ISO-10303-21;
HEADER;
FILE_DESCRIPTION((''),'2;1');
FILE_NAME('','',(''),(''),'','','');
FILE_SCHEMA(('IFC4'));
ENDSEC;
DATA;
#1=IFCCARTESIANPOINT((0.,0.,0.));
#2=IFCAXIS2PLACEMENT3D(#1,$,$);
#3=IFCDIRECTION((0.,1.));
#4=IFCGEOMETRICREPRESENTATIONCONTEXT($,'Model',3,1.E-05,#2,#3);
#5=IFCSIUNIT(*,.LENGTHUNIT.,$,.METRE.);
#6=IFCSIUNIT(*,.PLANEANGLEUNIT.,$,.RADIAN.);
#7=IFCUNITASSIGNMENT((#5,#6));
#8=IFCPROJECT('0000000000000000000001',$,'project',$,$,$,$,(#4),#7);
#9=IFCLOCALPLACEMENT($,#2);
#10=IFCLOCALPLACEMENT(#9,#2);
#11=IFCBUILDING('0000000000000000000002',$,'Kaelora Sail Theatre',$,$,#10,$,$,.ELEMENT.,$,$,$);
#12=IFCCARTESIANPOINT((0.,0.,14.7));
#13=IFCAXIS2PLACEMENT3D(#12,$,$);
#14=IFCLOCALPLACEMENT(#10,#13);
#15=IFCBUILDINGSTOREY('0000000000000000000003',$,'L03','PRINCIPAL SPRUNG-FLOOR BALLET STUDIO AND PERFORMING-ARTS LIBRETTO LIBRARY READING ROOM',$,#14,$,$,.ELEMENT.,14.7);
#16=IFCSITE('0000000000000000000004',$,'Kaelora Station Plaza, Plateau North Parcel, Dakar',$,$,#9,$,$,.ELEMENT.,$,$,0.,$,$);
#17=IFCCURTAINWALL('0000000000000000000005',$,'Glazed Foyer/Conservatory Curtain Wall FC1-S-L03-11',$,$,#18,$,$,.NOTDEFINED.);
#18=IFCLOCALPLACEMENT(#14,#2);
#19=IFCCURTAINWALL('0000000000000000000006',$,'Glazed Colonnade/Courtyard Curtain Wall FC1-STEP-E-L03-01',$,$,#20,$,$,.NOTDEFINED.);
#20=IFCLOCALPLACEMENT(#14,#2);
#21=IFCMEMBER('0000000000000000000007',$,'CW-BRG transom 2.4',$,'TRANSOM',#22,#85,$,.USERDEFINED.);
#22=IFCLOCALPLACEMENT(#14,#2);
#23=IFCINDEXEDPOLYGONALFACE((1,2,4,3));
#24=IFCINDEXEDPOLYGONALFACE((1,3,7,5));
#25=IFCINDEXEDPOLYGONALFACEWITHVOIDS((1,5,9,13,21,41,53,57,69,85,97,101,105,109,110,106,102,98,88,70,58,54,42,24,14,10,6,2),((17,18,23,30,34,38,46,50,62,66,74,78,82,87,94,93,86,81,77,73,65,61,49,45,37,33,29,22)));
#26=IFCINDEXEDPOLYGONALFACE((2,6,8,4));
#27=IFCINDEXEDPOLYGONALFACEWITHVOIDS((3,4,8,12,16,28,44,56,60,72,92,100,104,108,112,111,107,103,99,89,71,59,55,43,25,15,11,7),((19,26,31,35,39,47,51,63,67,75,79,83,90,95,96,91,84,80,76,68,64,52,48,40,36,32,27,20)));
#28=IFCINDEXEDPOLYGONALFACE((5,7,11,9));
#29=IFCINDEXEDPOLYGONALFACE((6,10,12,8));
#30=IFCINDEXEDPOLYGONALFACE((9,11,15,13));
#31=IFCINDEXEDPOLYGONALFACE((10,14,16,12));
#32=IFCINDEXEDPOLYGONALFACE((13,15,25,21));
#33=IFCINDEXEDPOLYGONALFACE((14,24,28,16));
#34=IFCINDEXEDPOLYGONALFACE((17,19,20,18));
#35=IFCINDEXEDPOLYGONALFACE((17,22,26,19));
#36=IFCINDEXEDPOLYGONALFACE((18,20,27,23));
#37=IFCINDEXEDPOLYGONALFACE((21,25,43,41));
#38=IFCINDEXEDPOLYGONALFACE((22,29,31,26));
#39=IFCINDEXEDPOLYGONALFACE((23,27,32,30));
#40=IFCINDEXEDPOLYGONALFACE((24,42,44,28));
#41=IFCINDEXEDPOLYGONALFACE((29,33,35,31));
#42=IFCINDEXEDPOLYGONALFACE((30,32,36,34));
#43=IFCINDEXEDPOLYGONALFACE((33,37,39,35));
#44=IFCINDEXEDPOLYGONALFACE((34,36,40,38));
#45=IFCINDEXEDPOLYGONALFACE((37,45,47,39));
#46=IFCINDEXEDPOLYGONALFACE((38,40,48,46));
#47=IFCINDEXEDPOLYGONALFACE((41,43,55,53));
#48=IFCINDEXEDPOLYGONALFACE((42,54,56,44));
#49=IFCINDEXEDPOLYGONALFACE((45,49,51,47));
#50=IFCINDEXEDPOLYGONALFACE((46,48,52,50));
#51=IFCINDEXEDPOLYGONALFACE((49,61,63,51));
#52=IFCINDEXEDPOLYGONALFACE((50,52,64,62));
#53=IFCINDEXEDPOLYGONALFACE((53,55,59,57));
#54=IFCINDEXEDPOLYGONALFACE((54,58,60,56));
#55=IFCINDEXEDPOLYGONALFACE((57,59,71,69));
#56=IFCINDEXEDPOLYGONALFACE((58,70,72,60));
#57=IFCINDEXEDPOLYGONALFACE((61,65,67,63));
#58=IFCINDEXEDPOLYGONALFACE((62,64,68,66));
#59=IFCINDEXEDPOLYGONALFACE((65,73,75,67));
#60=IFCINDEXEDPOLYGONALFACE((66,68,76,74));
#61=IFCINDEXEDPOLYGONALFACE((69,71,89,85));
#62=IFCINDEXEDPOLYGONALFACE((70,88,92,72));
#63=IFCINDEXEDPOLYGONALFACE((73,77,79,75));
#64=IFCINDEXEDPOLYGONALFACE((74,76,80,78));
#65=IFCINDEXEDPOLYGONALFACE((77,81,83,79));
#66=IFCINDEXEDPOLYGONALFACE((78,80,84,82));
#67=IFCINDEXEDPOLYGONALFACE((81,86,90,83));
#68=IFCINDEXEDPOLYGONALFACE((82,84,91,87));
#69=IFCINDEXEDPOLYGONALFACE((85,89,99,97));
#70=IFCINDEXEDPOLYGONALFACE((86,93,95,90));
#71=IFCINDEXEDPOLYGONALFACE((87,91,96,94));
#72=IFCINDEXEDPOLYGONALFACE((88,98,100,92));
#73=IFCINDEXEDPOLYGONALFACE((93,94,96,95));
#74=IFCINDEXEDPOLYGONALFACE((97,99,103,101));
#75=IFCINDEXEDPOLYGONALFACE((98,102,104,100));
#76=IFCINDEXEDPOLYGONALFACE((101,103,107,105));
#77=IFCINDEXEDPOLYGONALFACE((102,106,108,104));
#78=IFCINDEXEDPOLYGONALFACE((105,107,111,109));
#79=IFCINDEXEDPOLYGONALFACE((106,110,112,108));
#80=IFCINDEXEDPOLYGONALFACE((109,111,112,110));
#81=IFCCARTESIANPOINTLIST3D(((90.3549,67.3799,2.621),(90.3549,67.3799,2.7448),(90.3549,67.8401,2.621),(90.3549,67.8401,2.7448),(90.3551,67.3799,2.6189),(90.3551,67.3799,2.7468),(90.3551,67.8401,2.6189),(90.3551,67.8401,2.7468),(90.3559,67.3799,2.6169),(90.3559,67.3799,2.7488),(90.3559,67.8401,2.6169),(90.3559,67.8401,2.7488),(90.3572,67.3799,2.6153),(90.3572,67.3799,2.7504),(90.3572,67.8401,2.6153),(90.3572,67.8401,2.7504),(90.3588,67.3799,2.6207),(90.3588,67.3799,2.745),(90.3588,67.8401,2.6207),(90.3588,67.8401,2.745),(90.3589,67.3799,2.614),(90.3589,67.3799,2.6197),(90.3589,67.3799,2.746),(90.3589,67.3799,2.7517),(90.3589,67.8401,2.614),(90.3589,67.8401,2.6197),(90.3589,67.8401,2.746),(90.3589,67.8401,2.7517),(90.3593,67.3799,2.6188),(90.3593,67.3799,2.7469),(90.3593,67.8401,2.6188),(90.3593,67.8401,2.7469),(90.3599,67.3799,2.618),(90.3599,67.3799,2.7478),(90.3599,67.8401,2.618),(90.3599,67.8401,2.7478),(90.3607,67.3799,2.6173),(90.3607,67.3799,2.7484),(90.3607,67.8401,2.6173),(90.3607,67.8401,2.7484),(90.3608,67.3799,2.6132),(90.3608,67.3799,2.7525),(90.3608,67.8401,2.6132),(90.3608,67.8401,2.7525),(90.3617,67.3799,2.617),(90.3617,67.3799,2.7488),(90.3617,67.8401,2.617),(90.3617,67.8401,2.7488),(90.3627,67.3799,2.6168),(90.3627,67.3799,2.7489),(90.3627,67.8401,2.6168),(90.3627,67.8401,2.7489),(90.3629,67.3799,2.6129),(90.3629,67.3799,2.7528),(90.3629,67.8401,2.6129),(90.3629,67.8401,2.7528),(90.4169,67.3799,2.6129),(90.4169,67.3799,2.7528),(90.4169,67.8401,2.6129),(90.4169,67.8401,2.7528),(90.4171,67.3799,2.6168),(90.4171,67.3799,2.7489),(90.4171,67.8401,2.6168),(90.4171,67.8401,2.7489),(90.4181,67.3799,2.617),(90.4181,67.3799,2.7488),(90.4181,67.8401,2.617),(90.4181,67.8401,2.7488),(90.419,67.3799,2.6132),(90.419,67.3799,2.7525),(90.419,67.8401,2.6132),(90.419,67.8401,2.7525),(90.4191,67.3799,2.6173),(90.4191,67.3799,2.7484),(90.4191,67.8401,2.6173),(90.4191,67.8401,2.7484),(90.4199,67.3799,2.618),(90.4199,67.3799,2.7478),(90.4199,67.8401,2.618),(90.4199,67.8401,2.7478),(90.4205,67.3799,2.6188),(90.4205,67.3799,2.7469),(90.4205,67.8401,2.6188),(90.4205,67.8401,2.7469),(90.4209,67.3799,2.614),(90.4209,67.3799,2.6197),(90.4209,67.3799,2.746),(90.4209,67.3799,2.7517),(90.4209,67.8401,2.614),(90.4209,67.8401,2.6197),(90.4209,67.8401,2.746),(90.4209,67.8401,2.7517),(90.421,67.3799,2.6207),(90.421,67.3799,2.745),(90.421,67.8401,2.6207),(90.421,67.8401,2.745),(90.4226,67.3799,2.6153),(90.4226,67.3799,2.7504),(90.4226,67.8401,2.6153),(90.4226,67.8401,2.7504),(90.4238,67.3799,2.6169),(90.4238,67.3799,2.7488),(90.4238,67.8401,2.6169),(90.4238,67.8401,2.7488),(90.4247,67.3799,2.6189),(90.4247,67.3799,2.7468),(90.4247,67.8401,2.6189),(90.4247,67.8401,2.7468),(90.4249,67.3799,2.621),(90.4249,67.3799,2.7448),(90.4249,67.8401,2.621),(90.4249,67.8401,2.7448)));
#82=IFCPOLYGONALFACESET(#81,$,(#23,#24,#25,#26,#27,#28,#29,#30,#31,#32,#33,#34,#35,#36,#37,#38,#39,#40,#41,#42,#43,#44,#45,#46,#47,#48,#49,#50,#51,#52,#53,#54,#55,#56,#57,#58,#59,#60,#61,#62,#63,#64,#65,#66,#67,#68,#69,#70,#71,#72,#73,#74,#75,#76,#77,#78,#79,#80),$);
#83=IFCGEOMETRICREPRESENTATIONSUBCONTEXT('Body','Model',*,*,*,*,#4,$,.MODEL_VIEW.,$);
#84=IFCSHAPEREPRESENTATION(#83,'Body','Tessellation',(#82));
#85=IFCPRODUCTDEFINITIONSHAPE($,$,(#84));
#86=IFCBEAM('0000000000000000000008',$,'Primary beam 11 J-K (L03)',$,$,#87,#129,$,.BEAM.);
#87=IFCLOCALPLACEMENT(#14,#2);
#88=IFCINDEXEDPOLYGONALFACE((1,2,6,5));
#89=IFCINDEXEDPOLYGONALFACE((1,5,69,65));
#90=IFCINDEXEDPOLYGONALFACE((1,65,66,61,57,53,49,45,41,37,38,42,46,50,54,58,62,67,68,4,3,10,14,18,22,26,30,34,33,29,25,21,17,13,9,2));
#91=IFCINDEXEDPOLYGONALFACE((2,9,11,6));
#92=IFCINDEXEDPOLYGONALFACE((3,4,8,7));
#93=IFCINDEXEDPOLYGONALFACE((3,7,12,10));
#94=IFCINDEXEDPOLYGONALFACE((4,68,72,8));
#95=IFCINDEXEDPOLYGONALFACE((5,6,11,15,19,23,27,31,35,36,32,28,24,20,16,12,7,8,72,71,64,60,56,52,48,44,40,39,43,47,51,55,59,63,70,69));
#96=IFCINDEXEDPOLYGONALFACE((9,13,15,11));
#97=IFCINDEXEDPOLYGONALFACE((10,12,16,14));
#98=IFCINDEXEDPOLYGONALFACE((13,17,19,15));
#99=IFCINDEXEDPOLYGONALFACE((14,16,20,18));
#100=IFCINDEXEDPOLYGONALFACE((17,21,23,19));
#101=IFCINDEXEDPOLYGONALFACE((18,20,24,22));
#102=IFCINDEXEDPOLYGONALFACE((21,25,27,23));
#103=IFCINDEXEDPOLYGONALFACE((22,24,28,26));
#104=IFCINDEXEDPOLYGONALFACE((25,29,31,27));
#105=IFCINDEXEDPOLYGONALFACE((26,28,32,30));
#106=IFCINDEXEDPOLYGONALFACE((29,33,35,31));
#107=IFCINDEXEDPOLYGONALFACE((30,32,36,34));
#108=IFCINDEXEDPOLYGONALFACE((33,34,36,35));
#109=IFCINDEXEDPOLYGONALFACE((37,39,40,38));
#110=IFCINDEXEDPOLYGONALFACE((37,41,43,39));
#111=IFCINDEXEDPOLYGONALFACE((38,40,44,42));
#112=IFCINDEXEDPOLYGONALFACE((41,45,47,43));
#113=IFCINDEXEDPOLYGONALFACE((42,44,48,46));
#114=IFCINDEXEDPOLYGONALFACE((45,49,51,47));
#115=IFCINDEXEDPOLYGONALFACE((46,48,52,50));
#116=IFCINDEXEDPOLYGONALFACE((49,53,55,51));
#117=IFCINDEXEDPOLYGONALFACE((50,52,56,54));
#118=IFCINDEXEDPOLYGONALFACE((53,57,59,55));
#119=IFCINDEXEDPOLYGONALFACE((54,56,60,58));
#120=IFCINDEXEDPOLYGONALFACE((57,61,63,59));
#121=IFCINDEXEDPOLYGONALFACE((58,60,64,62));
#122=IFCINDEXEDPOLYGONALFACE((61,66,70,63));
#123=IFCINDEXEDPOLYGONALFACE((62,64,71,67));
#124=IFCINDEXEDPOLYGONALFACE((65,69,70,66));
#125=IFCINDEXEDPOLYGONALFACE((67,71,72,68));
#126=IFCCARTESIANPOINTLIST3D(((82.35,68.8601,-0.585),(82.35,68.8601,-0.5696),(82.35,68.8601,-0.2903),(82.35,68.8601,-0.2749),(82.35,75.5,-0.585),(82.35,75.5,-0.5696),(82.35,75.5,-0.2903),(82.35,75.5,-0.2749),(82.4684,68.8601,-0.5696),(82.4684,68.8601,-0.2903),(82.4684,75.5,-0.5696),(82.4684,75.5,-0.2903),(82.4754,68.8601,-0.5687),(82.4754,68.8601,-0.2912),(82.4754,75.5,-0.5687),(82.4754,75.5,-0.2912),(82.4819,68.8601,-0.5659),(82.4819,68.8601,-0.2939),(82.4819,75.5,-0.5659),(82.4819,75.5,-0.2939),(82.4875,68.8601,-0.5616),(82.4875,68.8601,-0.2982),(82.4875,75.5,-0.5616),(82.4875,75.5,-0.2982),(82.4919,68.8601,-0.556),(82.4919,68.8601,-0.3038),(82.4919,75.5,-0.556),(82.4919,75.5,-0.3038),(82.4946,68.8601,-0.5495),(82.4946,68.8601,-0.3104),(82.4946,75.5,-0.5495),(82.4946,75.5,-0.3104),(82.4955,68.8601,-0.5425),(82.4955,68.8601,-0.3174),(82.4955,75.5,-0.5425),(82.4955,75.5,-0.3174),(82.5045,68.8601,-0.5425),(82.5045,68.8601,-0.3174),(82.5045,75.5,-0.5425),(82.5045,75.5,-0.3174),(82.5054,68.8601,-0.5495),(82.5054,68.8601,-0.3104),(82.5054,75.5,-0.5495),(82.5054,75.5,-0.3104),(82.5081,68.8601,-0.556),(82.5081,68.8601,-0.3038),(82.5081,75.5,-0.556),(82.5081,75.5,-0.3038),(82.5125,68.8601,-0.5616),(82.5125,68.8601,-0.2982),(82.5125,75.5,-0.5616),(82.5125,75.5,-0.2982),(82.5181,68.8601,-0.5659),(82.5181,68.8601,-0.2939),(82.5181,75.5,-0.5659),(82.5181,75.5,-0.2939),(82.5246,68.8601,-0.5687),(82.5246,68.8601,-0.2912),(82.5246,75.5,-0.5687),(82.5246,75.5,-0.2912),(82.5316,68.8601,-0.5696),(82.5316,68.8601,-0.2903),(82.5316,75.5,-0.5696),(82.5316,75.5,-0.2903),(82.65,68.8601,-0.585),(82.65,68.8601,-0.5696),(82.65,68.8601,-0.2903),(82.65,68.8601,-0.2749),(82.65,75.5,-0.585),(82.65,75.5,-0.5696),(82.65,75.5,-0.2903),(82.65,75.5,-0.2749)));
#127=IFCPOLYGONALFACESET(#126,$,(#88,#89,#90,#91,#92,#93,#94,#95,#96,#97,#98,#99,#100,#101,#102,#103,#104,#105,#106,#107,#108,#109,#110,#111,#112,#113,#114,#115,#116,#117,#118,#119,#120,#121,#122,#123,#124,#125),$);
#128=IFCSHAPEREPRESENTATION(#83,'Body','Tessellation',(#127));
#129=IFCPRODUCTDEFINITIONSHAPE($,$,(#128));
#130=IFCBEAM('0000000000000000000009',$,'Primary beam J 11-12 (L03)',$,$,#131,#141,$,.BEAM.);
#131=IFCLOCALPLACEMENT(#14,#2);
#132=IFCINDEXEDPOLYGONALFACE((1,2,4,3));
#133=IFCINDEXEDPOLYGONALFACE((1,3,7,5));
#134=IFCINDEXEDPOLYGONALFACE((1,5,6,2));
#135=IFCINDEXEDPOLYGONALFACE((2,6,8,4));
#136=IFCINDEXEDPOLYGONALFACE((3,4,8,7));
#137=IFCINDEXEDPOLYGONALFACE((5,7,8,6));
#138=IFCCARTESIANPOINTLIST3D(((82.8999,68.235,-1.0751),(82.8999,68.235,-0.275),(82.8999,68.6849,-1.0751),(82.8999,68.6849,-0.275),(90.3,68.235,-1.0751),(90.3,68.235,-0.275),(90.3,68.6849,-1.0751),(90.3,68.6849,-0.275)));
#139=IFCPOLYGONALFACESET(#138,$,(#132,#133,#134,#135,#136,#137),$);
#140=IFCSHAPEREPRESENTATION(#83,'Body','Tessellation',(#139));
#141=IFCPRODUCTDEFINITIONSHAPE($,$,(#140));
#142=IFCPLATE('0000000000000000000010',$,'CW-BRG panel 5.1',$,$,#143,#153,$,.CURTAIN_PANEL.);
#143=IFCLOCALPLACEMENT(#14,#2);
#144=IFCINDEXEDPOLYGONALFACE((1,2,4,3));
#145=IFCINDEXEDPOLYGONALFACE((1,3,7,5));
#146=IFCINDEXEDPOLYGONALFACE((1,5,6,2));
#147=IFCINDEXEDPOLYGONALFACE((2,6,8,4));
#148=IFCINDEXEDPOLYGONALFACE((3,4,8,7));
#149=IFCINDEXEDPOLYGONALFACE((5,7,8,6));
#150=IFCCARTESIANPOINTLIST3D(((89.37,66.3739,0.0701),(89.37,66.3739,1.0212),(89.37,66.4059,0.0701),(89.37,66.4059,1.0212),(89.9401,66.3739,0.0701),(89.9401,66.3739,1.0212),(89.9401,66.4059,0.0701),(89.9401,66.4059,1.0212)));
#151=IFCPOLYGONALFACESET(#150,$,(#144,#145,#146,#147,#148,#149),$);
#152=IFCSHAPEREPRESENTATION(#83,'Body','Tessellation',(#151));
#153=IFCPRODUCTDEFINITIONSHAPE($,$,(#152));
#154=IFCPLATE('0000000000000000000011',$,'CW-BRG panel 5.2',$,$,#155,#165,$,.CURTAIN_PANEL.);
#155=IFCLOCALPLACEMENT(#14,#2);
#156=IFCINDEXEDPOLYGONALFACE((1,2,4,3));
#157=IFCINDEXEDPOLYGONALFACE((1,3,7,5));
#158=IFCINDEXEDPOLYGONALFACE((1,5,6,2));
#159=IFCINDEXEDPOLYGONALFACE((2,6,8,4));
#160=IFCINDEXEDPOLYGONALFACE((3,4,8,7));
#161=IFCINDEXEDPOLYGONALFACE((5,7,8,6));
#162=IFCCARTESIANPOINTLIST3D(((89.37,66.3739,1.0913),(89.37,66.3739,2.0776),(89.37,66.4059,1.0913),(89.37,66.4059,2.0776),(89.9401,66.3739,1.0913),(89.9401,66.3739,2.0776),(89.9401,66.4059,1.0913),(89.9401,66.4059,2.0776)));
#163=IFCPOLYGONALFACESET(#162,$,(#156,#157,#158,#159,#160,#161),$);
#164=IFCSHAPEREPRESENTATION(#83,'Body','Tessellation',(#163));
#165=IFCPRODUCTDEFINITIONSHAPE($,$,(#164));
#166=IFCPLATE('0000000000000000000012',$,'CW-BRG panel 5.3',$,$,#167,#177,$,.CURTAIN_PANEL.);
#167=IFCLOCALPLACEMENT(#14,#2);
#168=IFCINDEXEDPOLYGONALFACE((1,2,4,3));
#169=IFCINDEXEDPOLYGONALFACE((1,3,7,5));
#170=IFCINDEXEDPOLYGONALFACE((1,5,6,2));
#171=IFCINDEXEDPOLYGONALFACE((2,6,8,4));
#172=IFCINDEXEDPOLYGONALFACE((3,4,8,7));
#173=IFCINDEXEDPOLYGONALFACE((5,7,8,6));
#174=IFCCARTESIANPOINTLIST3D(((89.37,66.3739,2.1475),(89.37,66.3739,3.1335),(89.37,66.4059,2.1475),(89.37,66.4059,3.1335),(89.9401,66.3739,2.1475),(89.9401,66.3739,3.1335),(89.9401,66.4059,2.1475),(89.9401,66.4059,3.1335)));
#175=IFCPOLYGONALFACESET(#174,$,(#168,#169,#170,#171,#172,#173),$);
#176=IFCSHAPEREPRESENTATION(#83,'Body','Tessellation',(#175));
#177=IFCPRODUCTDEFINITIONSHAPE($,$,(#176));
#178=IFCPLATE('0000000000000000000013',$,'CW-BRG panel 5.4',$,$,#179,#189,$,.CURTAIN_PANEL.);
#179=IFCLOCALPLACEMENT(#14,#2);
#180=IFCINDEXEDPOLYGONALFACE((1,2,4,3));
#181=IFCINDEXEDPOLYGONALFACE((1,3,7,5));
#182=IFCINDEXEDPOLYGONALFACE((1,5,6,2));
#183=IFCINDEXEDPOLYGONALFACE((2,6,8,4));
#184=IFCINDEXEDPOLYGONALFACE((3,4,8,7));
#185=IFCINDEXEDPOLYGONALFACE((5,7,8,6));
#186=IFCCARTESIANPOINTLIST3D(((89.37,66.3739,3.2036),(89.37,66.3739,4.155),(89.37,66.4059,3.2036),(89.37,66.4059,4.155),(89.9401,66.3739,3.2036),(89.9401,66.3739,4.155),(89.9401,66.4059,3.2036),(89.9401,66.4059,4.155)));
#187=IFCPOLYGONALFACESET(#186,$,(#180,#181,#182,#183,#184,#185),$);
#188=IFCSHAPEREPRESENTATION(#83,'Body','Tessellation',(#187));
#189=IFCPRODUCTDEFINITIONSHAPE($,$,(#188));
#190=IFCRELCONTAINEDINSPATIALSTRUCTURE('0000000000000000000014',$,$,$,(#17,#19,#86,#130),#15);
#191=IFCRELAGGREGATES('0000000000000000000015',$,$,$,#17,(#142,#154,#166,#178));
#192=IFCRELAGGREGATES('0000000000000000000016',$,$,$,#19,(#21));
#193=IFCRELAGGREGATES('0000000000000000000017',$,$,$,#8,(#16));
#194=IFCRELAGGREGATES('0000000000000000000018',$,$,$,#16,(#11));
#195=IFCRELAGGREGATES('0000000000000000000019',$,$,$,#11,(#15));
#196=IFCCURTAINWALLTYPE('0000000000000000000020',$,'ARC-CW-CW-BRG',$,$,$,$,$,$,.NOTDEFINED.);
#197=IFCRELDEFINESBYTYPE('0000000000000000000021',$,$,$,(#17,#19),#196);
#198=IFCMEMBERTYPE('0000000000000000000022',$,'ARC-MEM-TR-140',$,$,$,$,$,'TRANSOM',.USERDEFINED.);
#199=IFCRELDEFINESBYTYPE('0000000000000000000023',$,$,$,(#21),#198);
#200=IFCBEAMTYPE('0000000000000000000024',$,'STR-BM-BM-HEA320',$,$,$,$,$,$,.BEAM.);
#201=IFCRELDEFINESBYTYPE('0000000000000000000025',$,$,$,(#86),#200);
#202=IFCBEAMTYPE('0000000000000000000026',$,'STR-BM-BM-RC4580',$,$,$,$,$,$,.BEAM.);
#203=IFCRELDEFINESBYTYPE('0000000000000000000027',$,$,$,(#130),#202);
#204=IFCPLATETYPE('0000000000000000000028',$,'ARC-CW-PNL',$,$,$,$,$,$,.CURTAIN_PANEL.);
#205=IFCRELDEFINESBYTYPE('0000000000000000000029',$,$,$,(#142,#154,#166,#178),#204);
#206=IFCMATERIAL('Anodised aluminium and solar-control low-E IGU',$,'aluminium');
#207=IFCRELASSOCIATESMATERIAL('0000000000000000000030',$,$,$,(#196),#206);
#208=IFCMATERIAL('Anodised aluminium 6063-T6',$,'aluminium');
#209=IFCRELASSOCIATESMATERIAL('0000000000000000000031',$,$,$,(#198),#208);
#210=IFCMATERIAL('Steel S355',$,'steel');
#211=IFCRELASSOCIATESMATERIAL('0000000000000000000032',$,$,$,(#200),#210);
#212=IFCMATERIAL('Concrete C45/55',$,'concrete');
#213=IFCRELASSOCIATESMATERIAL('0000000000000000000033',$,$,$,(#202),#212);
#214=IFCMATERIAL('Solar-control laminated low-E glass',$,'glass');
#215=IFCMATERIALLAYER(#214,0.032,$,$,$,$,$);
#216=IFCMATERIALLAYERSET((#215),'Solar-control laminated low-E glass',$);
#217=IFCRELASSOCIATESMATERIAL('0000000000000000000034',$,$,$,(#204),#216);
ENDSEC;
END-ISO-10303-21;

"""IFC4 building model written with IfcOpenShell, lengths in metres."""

from ifc_helpers import new_model, si_unit, direction, frame, origin, origin_2d, place, context, subcontext, project, spatial, rectangle, hollow_rectangle, i_section, extrude, material, layer, layer_set, material_profile, profile_set, type_object, element, aggregate, save


model = new_model("IFC4")

# Units and contexts
model_context = context("Model", 3, precision=1e-05, world=origin(), true_north=direction((0.0, 1.0)))
body_context = subcontext(model_context, "Body", "Model", "MODEL_VIEW")
ifc_project = project(units=[si_unit("LENGTHUNIT", "METRE"), si_unit("PLANEANGLEUNIT", "RADIAN")], contexts=[model_context])

# Site, building, storey
site_placement = place(None, origin())
site = spatial("IfcSite", under=ifc_project, at=site_placement, Name="Kaelora Station Plaza, Plateau North Parcel, Dakar", CompositionType="ELEMENT", RefElevation=0.0)
building_placement = place(site_placement, origin())
building = spatial("IfcBuilding", under=site, at=building_placement, Name="Kaelora Sail Theatre", CompositionType="ELEMENT")
storey_placement = place(building_placement, frame((0.0, 0.0, 14.7)))
storey = spatial("IfcBuildingStorey", under=building, at=storey_placement, Name="L03", Description="PRINCIPAL SPRUNG-FLOOR BALLET STUDIO AND PERFORMING-ARTS LIBRETTO LIBRARY READING ROOM", CompositionType="ELEMENT", Elevation=14.7)

# Curtain wall
ifc_material_1 = material(Name="Anodised aluminium and solar-control low-E IGU", Category="aluminium")
curtain_wall_type = type_object("IfcCurtainWallType", Name="ARC-CW-CW-BRG", PredefinedType="NOTDEFINED", material=ifc_material_1)
curtain_wall_1_placement = place(storey_placement, origin())
curtain_wall_1 = element("IfcCurtainWall", 1, at=curtain_wall_1_placement, inside=storey, type_object=curtain_wall_type, Name="Glazed Foyer/Conservatory Curtain Wall FC1-S-L03-11", PredefinedType="NOTDEFINED")

# Curtain wall
curtain_wall_2_placement = place(storey_placement, origin())
curtain_wall_2 = element("IfcCurtainWall", 2, at=curtain_wall_2_placement, inside=storey, type_object=curtain_wall_type, Name="Glazed Colonnade/Courtyard Curtain Wall FC1-STEP-E-L03-01", PredefinedType="NOTDEFINED")

# Member
ifc_material_2 = material(Name="Anodised aluminium 6063-T6", Category="aluminium")
ifc_material_profile_1 = material_profile(ifc_material_2, hollow_rectangle(XDim=0.0701, YDim=0.1399, WallThickness=0.0039, InnerFilletRadius=0.0039, OuterFilletRadius=0.0081, at=origin_2d()), Name="ALU-TRAN 70x140x4")
ifc_profile_set_1 = profile_set([ifc_material_profile_1], Name="Anodised aluminium 6063-T6")
member_type_1 = type_object("IfcMemberType", Name="ARC-MEM-TR-140", ElementType="TRANSOM", PredefinedType="USERDEFINED", material=ifc_profile_set_1)
member_1_placement = place(storey_placement, frame((90.3899, 67.3799, 2.6829), z_axis=(0.0, 1.0, 0.0), x_axis=(-1.0, 0.0, 0.0)))
member_1 = element("IfcMember", 3, at=member_1_placement, type_object=member_type_1, Name="CW-BRG transom 2.4", ObjectType="TRANSOM", PredefinedType="USERDEFINED", context=body_context, shape_type="SweptSolid", body=[
    extrude(hollow_rectangle(XDim=0.0701, YDim=0.1399, WallThickness=0.0039, InnerFilletRadius=0.0039, OuterFilletRadius=0.0081, at=origin_2d()), origin(), (0.0, 0.0, 1.0), 0.4602),
])

# Beams
ifc_material_3 = material(Name="Steel S355", Category="steel")
ifc_material_profile_2 = material_profile(ifc_material_3, i_section(OverallWidth=0.3, OverallDepth=0.3101, WebThickness=0.009, FlangeThickness=0.0154, FilletRadius=0.0271, at=origin_2d()), Name="HEA 320")
ifc_profile_set_2 = profile_set([ifc_material_profile_2], Name="Steel S355")
beam_type_1 = type_object("IfcBeamType", Name="STR-BM-BM-HEA320", PredefinedType="BEAM", material=ifc_profile_set_2)
beam_1_placement = place(storey_placement, frame((82.5, 68.8601, -0.4299), z_axis=(0.0, 1.0, 0.0), x_axis=(-1.0, 0.0, 0.0)))
element("IfcBeam", 4, at=beam_1_placement, inside=storey, type_object=beam_type_1, Name="Primary beam 11 J-K (L03)", PredefinedType="BEAM", context=body_context, shape_type="SweptSolid", body=[
    extrude(i_section(OverallWidth=0.3, OverallDepth=0.3101, WebThickness=0.009, FlangeThickness=0.0154, FilletRadius=0.0271, at=origin_2d()), origin(), (0.0, 0.0, 1.0), 6.6399),
])
ifc_material_4 = material(Name="Concrete C45/55", Category="concrete")
ifc_material_profile_3 = material_profile(ifc_material_4, rectangle(XDim=0.45, YDim=0.8, at=origin_2d()), Name="RC-BM 450x800")
ifc_profile_set_3 = profile_set([ifc_material_profile_3], Name="Concrete C45/55")
beam_type_2 = type_object("IfcBeamType", Name="STR-BM-BM-RC4580", PredefinedType="BEAM", material=ifc_profile_set_3)
beam_2_placement = place(storey_placement, frame((82.8999, 68.46, -0.675), z_axis=(1.0, 0.0, 0.0), x_axis=(0.0, 1.0, 0.0)))
element("IfcBeam", 5, at=beam_2_placement, inside=storey, type_object=beam_type_2, Name="Primary beam J 11-12 (L03)", PredefinedType="BEAM", context=body_context, shape_type="SweptSolid", body=[
    extrude(rectangle(XDim=0.45, YDim=0.8, at=origin_2d()), origin(), (0.0, 0.0, 1.0), 7.4001),
])

# Plates
ifc_material_5 = material(Name="Solar-control laminated low-E glass", Category="glass")
ifc_layer_1 = layer(ifc_material_5, 0.032)
ifc_layer_set_1 = layer_set([ifc_layer_1], Name="Solar-control laminated low-E glass")
plate_type = type_object("IfcPlateType", Name="ARC-CW-PNL", PredefinedType="CURTAIN_PANEL", material=ifc_layer_set_1)
plate_1_placement = place(storey_placement, frame((89.655, 66.3899, 0.0701), z_axis=(0.0, 0.0, 1.0), x_axis=(1.0, 0.0, 0.0)))
plate_1 = element("IfcPlate", 6, at=plate_1_placement, type_object=plate_type, Name="CW-BRG panel 5.1", PredefinedType="CURTAIN_PANEL", context=body_context, shape_type="SweptSolid", body=[
    extrude(rectangle(XDim=0.5701, YDim=0.032, at=origin_2d()), origin(), (0.0, 0.0, 1.0), 0.9512),
])
plate_2_placement = place(storey_placement, frame((89.655, 66.3899, 1.0913), z_axis=(0.0, 0.0, 1.0), x_axis=(1.0, 0.0, 0.0)))
plate_2 = element("IfcPlate", 7, at=plate_2_placement, type_object=plate_type, Name="CW-BRG panel 5.2", PredefinedType="CURTAIN_PANEL", context=body_context, shape_type="SweptSolid", body=[
    extrude(rectangle(XDim=0.5701, YDim=0.032, at=origin_2d()), origin(), (0.0, 0.0, 1.0), 0.9863),
])
plate_3_placement = place(storey_placement, frame((89.655, 66.3899, 2.1475), z_axis=(0.0, 0.0, 1.0), x_axis=(1.0, 0.0, 0.0)))
plate_3 = element("IfcPlate", 8, at=plate_3_placement, type_object=plate_type, Name="CW-BRG panel 5.3", PredefinedType="CURTAIN_PANEL", context=body_context, shape_type="SweptSolid", body=[
    extrude(rectangle(XDim=0.5701, YDim=0.032, at=origin_2d()), origin(), (0.0, 0.0, 1.0), 0.9861),
])
plate_4_placement = place(storey_placement, frame((89.655, 66.3899, 3.2036), z_axis=(0.0, 0.0, 1.0), x_axis=(1.0, 0.0, 0.0)))
plate_4 = element("IfcPlate", 9, at=plate_4_placement, type_object=plate_type, Name="CW-BRG panel 5.4", PredefinedType="CURTAIN_PANEL", context=body_context, shape_type="SweptSolid", body=[
    extrude(rectangle(XDim=0.5701, YDim=0.032, at=origin_2d()), origin(), (0.0, 0.0, 1.0), 0.9514),
])
aggregate(curtain_wall_1, [plate_1, plate_2, plate_3, plate_4])
aggregate(curtain_wall_2, [member_1])

save(model, "model.ifc")
